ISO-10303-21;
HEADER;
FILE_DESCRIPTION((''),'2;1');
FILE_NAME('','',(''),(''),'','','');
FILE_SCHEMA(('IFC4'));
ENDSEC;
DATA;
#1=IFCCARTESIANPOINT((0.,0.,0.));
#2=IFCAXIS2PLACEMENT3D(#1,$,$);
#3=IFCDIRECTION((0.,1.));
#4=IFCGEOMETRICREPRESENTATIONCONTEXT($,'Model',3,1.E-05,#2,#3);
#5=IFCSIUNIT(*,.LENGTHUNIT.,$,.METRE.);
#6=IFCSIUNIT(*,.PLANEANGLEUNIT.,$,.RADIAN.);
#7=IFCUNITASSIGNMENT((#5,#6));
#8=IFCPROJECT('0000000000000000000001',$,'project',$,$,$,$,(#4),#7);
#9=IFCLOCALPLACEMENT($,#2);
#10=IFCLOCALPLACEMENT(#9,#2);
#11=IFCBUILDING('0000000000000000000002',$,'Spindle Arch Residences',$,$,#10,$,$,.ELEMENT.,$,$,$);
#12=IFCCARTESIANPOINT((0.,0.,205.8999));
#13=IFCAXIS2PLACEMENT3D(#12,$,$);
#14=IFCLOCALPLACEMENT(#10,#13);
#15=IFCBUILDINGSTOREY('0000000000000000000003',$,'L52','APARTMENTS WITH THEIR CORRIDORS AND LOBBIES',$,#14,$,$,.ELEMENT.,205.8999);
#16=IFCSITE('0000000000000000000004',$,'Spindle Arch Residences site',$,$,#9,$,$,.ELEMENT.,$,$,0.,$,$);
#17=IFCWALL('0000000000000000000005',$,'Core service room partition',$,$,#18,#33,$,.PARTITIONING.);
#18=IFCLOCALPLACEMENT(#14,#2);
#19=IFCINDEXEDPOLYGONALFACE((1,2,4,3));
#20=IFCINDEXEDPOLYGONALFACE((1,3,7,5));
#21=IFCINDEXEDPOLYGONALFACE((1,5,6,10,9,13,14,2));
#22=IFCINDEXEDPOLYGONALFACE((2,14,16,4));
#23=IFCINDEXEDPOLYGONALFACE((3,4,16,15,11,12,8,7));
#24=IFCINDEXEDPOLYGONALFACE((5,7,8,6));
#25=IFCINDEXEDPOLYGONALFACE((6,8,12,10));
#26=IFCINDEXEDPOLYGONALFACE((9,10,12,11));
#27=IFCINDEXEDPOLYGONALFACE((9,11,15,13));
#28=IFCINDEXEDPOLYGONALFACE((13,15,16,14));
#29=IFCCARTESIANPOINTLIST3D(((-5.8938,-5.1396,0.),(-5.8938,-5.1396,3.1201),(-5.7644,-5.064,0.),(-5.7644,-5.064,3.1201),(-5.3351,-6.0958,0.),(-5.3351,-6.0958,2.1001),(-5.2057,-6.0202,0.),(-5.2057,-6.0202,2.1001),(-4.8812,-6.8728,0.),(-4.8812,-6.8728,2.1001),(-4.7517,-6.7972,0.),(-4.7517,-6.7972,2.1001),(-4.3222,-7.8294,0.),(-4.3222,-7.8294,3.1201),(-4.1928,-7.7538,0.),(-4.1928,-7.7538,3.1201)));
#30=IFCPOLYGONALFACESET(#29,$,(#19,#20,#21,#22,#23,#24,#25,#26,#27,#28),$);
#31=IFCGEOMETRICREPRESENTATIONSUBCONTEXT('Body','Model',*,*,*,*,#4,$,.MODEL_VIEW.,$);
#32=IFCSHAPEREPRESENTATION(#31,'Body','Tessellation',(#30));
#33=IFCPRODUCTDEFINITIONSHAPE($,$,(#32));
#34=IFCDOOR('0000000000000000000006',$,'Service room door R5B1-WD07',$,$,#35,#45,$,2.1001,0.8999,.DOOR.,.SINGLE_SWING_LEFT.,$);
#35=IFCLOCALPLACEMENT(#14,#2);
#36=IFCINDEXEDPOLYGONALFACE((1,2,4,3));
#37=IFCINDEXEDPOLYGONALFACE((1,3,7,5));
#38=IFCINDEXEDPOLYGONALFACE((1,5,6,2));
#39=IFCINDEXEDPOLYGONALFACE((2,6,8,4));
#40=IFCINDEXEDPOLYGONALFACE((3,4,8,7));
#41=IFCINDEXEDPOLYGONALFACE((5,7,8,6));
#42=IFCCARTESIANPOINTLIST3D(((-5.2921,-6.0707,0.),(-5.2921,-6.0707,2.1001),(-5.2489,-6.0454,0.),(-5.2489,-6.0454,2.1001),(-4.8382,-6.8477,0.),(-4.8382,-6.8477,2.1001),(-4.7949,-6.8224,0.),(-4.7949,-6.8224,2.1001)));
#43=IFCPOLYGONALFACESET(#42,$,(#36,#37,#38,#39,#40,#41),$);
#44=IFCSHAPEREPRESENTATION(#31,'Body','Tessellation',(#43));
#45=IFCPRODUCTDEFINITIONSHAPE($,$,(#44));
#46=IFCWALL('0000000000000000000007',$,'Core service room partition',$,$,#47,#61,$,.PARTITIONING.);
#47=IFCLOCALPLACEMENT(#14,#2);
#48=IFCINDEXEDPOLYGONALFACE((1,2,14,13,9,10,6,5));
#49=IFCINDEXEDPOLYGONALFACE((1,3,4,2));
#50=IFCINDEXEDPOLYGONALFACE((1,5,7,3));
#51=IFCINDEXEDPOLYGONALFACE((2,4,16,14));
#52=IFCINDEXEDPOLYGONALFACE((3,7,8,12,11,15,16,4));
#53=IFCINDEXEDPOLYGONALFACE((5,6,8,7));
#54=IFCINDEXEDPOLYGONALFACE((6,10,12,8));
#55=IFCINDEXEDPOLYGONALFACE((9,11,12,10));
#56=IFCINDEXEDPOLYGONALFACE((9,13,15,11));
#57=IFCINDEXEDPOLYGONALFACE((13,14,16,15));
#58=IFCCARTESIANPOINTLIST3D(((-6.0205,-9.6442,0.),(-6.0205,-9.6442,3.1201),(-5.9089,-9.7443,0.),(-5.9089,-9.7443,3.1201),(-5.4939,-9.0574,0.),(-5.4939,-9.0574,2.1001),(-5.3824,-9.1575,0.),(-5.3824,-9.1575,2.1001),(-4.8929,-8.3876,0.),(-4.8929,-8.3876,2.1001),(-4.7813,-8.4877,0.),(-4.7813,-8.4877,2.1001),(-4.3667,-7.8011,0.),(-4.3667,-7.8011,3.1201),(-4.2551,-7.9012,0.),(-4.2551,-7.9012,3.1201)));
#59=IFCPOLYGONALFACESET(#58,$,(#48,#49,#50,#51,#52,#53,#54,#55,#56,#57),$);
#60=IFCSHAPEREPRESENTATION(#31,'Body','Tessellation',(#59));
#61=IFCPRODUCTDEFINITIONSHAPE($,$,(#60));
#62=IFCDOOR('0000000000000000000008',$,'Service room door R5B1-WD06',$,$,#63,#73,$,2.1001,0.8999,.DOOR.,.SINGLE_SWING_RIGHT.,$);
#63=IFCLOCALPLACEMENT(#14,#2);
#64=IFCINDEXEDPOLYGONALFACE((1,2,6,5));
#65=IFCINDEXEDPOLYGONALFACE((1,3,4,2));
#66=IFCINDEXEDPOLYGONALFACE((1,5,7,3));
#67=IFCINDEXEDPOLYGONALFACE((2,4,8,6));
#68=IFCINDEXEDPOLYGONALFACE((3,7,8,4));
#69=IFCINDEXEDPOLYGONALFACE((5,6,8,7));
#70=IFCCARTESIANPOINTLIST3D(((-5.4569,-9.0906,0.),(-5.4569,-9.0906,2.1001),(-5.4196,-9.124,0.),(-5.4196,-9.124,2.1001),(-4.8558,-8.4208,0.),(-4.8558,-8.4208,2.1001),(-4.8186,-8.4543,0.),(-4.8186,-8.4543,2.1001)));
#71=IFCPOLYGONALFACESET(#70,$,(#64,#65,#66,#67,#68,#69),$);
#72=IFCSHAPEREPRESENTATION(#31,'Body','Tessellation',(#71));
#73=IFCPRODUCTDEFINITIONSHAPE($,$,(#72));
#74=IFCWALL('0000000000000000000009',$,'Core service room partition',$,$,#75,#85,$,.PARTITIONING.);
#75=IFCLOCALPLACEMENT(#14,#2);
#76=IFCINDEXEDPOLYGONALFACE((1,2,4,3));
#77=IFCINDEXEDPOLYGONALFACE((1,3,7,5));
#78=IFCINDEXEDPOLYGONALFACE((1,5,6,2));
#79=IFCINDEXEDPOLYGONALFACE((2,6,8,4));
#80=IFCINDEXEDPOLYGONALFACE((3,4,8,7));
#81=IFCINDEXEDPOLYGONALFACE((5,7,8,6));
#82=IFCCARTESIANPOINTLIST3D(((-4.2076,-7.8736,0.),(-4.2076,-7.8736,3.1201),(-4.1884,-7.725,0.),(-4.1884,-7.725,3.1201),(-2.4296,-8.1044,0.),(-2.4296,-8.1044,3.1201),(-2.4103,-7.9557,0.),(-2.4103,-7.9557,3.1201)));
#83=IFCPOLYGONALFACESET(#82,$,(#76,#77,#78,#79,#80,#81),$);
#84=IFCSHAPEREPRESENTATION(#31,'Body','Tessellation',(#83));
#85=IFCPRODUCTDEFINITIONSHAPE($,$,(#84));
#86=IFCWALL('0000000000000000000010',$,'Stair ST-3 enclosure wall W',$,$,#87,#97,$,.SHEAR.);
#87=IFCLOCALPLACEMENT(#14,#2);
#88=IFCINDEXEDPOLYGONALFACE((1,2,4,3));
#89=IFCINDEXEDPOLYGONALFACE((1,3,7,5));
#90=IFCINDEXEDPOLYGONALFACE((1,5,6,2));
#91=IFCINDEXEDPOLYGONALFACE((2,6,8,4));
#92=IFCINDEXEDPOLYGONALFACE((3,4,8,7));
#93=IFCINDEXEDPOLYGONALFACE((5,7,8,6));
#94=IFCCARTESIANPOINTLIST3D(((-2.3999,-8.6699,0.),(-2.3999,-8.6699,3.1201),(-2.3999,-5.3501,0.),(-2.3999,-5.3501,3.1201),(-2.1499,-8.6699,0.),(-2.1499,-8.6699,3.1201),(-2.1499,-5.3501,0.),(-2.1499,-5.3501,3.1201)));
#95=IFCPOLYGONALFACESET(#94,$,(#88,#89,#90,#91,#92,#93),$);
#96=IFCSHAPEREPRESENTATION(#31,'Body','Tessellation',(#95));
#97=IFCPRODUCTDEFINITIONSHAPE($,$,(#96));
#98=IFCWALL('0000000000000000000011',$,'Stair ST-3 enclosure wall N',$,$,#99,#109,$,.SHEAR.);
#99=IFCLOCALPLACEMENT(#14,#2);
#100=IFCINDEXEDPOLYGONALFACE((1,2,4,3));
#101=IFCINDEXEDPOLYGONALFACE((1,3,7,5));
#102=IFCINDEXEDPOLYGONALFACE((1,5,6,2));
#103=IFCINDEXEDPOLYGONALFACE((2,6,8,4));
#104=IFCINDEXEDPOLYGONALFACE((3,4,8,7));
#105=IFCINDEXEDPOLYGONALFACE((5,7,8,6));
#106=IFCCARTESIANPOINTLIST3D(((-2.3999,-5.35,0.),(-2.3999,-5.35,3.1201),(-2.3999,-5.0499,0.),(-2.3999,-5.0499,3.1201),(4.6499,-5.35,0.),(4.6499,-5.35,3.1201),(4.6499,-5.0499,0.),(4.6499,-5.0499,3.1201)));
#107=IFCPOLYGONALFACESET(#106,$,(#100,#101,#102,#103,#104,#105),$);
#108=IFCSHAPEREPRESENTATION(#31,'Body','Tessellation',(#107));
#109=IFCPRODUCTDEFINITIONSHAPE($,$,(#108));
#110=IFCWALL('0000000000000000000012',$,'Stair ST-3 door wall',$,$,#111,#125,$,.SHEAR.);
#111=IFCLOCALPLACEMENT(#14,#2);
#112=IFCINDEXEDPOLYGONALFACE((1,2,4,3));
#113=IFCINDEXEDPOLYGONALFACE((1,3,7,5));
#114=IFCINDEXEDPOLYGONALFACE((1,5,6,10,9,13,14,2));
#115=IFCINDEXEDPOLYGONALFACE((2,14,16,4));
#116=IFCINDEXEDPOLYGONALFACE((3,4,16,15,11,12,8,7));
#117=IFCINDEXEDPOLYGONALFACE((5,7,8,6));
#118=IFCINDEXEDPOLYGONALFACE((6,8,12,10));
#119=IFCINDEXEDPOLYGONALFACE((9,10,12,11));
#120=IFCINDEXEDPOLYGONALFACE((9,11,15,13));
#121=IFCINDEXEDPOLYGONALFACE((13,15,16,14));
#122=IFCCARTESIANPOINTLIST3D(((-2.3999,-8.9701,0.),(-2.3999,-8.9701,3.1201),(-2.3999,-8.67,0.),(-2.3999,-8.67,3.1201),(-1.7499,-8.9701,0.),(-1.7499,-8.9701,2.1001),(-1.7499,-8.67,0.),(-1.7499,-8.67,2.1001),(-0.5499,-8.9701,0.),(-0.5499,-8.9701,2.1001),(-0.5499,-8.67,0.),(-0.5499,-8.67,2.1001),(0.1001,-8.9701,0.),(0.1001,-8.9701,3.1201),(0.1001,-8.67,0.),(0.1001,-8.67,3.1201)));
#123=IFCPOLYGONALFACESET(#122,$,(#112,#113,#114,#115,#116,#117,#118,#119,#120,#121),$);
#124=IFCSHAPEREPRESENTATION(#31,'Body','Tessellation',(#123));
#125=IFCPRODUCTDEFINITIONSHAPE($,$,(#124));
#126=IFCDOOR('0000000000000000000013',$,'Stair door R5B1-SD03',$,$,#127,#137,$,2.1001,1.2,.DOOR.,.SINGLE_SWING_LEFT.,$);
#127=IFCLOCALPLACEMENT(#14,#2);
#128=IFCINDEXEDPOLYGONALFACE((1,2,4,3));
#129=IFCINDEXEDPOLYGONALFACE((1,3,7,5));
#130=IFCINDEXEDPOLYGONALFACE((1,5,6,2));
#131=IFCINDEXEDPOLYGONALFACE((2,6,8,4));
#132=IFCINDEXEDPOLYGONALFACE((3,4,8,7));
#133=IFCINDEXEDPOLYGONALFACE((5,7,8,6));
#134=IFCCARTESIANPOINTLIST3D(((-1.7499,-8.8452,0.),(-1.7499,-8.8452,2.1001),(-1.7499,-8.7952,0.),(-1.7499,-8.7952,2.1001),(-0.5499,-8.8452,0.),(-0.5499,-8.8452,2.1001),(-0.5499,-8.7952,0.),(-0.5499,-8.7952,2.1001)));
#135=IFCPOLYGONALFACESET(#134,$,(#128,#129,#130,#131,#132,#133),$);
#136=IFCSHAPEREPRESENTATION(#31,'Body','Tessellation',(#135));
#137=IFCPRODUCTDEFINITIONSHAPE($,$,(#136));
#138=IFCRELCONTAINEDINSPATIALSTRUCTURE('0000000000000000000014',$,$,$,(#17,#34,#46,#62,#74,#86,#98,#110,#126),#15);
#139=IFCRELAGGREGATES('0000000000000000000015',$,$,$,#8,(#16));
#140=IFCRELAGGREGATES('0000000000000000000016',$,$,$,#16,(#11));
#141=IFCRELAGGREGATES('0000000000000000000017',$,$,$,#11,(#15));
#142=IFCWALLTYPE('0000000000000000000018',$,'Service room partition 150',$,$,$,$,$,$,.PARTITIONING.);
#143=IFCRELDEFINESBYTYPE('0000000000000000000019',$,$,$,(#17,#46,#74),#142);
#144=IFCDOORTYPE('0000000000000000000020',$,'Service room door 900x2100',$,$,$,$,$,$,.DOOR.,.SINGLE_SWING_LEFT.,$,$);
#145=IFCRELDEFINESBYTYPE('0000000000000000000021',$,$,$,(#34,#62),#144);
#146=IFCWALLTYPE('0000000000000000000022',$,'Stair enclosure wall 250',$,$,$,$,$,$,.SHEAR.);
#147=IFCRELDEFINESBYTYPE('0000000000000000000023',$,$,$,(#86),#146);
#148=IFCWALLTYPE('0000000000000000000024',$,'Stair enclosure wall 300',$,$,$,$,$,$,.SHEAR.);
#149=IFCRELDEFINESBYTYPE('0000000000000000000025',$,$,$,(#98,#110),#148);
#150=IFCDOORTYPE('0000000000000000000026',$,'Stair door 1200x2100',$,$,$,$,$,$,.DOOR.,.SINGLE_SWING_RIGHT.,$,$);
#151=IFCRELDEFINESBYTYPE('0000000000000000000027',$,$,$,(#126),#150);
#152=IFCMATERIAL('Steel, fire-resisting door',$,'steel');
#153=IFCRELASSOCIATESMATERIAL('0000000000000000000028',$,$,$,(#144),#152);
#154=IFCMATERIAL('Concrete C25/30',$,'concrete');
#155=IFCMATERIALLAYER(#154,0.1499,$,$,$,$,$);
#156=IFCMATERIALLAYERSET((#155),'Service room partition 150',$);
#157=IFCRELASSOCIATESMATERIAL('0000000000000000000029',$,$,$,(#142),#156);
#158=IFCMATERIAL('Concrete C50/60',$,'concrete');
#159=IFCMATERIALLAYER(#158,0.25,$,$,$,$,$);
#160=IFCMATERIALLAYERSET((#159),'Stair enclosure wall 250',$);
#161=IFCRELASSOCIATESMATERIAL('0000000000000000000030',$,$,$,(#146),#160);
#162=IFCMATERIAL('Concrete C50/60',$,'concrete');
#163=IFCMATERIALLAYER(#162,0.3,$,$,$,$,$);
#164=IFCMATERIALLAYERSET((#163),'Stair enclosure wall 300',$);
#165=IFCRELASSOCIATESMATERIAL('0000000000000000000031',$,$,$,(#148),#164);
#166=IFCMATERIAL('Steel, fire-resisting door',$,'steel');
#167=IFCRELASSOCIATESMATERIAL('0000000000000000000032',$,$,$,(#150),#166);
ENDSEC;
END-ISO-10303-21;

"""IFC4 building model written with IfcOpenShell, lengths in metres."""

from ifc_helpers import new_model, si_unit, direction, frame, frame_2d, origin, place, context, subcontext, project, spatial, rectangle, extrude, material, layer, layer_set, type_object, element, fill, save


model = new_model("IFC4")

# Units and contexts
model_context = context("Model", 3, precision=1e-05, world=origin(), true_north=direction((0.0, 1.0)))
body_context = subcontext(model_context, "Body", "Model", "MODEL_VIEW")
ifc_project = project(units=[si_unit("LENGTHUNIT", "METRE"), si_unit("PLANEANGLEUNIT", "RADIAN")], contexts=[model_context])

# Site, building, storey
site_placement = place(None, origin())
site = spatial("IfcSite", under=ifc_project, at=site_placement, Name="Spindle Arch Residences site", CompositionType="ELEMENT", RefElevation=0.0)
building_placement = place(site_placement, origin())
building = spatial("IfcBuilding", under=site, at=building_placement, Name="Spindle Arch Residences", CompositionType="ELEMENT")
storey_placement = place(building_placement, frame((0.0, 0.0, 205.8999)))
storey = spatial("IfcBuildingStorey", under=building, at=storey_placement, Name="L52", Description="APARTMENTS WITH THEIR CORRIDORS AND LOBBIES", CompositionType="ELEMENT", Elevation=205.8999)

# Shared definitions
ifc_material_1 = material(Name="Steel, fire-resisting door", Category="steel")
door_type_1 = type_object("IfcDoorType", Name="Service room door 900x2100", OperationType="SINGLE_SWING_LEFT", PredefinedType="DOOR", material=ifc_material_1)

# Walls, openings, doors
ifc_material_2 = material(Name="Concrete C25/30", Category="concrete")
ifc_layer_1 = layer(ifc_material_2, 0.1499)
ifc_layer_set_1 = layer_set([ifc_layer_1], Name="Service room partition 150")
wall_type_1 = type_object("IfcWallType", Name="Service room partition 150", PredefinedType="PARTITIONING", material=ifc_layer_set_1)
wall_1_placement = place(storey_placement, frame((-5.8291, -5.1018, 0.0), z_axis=(0.0, 0.0, 1.0), x_axis=(0.50448, -0.863423, 0.0)))
wall_1 = element("IfcWall", 1, at=wall_1_placement, inside=storey, type_object=wall_type_1, Name="Core service room partition", PredefinedType="PARTITIONING", context=body_context, shape_type="SweptSolid", body=[
    extrude(rectangle(XDim=3.1152, YDim=0.1499, at=frame_2d((1.5576, 0.0))), origin(), (0.0, 0.0, 1.0), 3.1201),
])
opening_1_placement = place(wall_1_placement, frame((1.1074, 0.0, 0.0)))
opening_1 = element("IfcOpeningElement", 2, at=opening_1_placement, cuts=wall_1, PredefinedType="OPENING", context=body_context, shape_type="SweptSolid", body=[
    extrude(rectangle(XDim=0.8999, YDim=2.1001, at=frame_2d((0.45, 1.05))), frame((0.0, 0.085, 0.0), z_axis=(0.0, -1.0, 0.0), x_axis=(1.0, 0.0, 0.0)), (0.0, 0.0, 1.0), 0.1699),
])
door_1_placement = place(opening_1_placement, origin())
door_1 = element("IfcDoor", 3, at=door_1_placement, inside=storey, type_object=door_type_1, Name="Service room door R5B1-WD07", OperationType="SINGLE_SWING_LEFT", OverallHeight=2.1001, OverallWidth=0.8999, PredefinedType="DOOR", context=body_context, shape_type="SweptSolid", body=[
    extrude(rectangle(XDim=0.8999, YDim=2.1001, at=frame_2d((0.45, 1.05))), frame((0.0, 0.0249, 0.0), z_axis=(0.0, -1.0, 0.0), x_axis=(1.0, 0.0, 0.0)), (0.0, 0.0, 1.0), 0.05),
])
fill(opening_1, door_1)
wall_2_placement = place(storey_placement, frame((-4.3108, -7.8511, 0.0), z_axis=(0.0, 0.0, 1.0), x_axis=(-0.667869, -0.744279, 0.0)))
wall_2 = element("IfcWall", 4, at=wall_2_placement, inside=storey, type_object=wall_type_1, Name="Core service room partition", PredefinedType="PARTITIONING", context=body_context, shape_type="SweptSolid", body=[
    extrude(rectangle(XDim=2.4763, YDim=0.1499, at=frame_2d((1.2383, 0.0))), origin(), (0.0, 0.0, 1.0), 3.1201),
])
opening_2_placement = place(wall_2_placement, frame((0.7881, 0.0, 0.0)))
opening_2 = element("IfcOpeningElement", 5, at=opening_2_placement, cuts=wall_2, PredefinedType="OPENING", context=body_context, shape_type="SweptSolid", body=[
    extrude(rectangle(XDim=0.8999, YDim=2.1001, at=frame_2d((0.45, 1.05))), frame((0.0, 0.085, 0.0), z_axis=(0.0, -1.0, 0.0), x_axis=(1.0, 0.0, 0.0)), (0.0, 0.0, 1.0), 0.1699),
])
door_2_placement = place(opening_2_placement, origin())
door_2 = element("IfcDoor", 6, at=door_2_placement, inside=storey, type_object=door_type_1, Name="Service room door R5B1-WD06", OperationType="SINGLE_SWING_RIGHT", OverallHeight=2.1001, OverallWidth=0.8999, PredefinedType="DOOR", context=body_context, shape_type="SweptSolid", body=[
    extrude(rectangle(XDim=0.8999, YDim=2.1001, at=frame_2d((0.45, 1.05))), frame((0.0, 0.0249, 0.0), z_axis=(0.0, -1.0, 0.0), x_axis=(1.0, 0.0, 0.0)), (0.0, 0.0, 1.0), 0.05),
])
fill(opening_2, door_2)

# Walls
wall_3_placement = place(storey_placement, frame((-4.198, -7.7993, 0.0), z_axis=(0.0, 0.0, 1.0), x_axis=(0.991687, -0.128676, 0.0)))
element("IfcWall", 7, at=wall_3_placement, inside=storey, type_object=wall_type_1, Name="Core service room partition", PredefinedType="PARTITIONING", context=body_context, shape_type="SweptSolid", body=[
    extrude(rectangle(XDim=1.793, YDim=0.1499, at=frame_2d((0.8965, 0.0))), origin(), (0.0, 0.0, 1.0), 3.1201),
])
ifc_material_3 = material(Name="Concrete C50/60", Category="concrete")
ifc_layer_2 = layer(ifc_material_3, 0.25)
ifc_layer_set_2 = layer_set([ifc_layer_2], Name="Stair enclosure wall 250")
wall_type_2 = type_object("IfcWallType", Name="Stair enclosure wall 250", PredefinedType="SHEAR", material=ifc_layer_set_2)
wall_4_placement = place(storey_placement, frame((-2.2749, -8.6699, 0.0), z_axis=(0.0, 0.0, 1.0), x_axis=(0.0, 1.0, 0.0)))
element("IfcWall", 8, at=wall_4_placement, inside=storey, type_object=wall_type_2, Name="Stair ST-3 enclosure wall W", PredefinedType="SHEAR", context=body_context, shape_type="SweptSolid", body=[
    extrude(rectangle(XDim=3.3198, YDim=0.25, at=frame_2d((1.6599, 0.0))), origin(), (0.0, 0.0, 1.0), 3.1201),
])
ifc_material_4 = material(Name="Concrete C50/60", Category="concrete")
ifc_layer_3 = layer(ifc_material_4, 0.3)
ifc_layer_set_3 = layer_set([ifc_layer_3], Name="Stair enclosure wall 300")
wall_type_3 = type_object("IfcWallType", Name="Stair enclosure wall 300", PredefinedType="SHEAR", material=ifc_layer_set_3)
wall_5_placement = place(storey_placement, frame((-2.3999, -5.2, 0.0), z_axis=(0.0, 0.0, 1.0), x_axis=(1.0, 0.0, 0.0)))
element("IfcWall", 9, at=wall_5_placement, inside=storey, type_object=wall_type_3, Name="Stair ST-3 enclosure wall N", PredefinedType="SHEAR", context=body_context, shape_type="SweptSolid", body=[
    extrude(rectangle(XDim=7.0498, YDim=0.3, at=frame_2d((3.5249, 0.0))), origin(), (0.0, 0.0, 1.0), 3.1201),
])

# Wall, opening, door
wall_6_placement = place(storey_placement, frame((-2.3999, -8.8201, 0.0), z_axis=(0.0, 0.0, 1.0), x_axis=(1.0, 0.0, 0.0)))
wall_6 = element("IfcWall", 10, at=wall_6_placement, inside=storey, type_object=wall_type_3, Name="Stair ST-3 door wall", PredefinedType="SHEAR", context=body_context, shape_type="SweptSolid", body=[
    extrude(rectangle(XDim=2.5, YDim=0.3, at=frame_2d((1.25, 0.0))), origin(), (0.0, 0.0, 1.0), 3.1201),
])
opening_3_placement = place(wall_6_placement, frame((0.6499, 0.0, 0.0)))
opening_3 = element("IfcOpeningElement", 11, at=opening_3_placement, cuts=wall_6, PredefinedType="OPENING", context=body_context, shape_type="SweptSolid", body=[
    extrude(rectangle(XDim=1.2, YDim=2.1001, at=frame_2d((0.6001, 1.05))), frame((0.0, 0.1602, 0.0), z_axis=(0.0, -1.0, 0.0), x_axis=(1.0, 0.0, 0.0)), (0.0, 0.0, 1.0), 0.3201),
])
ifc_material_5 = material(Name="Steel, fire-resisting door", Category="steel")
door_type_2 = type_object("IfcDoorType", Name="Stair door 1200x2100", OperationType="SINGLE_SWING_RIGHT", PredefinedType="DOOR", material=ifc_material_5)
door_3_placement = place(opening_3_placement, origin())
door_3 = element("IfcDoor", 12, at=door_3_placement, inside=storey, type_object=door_type_2, Name="Stair door R5B1-SD03", OperationType="SINGLE_SWING_LEFT", OverallHeight=2.1001, OverallWidth=1.2, PredefinedType="DOOR", context=body_context, shape_type="SweptSolid", body=[
    extrude(rectangle(XDim=1.2, YDim=2.1001, at=frame_2d((0.6001, 1.05))), frame((0.0, 0.0249, 0.0), z_axis=(0.0, -1.0, 0.0), x_axis=(1.0, 0.0, 0.0)), (0.0, 0.0, 1.0), 0.05),
])
fill(opening_3, door_3)

save(model, "model.ifc")
